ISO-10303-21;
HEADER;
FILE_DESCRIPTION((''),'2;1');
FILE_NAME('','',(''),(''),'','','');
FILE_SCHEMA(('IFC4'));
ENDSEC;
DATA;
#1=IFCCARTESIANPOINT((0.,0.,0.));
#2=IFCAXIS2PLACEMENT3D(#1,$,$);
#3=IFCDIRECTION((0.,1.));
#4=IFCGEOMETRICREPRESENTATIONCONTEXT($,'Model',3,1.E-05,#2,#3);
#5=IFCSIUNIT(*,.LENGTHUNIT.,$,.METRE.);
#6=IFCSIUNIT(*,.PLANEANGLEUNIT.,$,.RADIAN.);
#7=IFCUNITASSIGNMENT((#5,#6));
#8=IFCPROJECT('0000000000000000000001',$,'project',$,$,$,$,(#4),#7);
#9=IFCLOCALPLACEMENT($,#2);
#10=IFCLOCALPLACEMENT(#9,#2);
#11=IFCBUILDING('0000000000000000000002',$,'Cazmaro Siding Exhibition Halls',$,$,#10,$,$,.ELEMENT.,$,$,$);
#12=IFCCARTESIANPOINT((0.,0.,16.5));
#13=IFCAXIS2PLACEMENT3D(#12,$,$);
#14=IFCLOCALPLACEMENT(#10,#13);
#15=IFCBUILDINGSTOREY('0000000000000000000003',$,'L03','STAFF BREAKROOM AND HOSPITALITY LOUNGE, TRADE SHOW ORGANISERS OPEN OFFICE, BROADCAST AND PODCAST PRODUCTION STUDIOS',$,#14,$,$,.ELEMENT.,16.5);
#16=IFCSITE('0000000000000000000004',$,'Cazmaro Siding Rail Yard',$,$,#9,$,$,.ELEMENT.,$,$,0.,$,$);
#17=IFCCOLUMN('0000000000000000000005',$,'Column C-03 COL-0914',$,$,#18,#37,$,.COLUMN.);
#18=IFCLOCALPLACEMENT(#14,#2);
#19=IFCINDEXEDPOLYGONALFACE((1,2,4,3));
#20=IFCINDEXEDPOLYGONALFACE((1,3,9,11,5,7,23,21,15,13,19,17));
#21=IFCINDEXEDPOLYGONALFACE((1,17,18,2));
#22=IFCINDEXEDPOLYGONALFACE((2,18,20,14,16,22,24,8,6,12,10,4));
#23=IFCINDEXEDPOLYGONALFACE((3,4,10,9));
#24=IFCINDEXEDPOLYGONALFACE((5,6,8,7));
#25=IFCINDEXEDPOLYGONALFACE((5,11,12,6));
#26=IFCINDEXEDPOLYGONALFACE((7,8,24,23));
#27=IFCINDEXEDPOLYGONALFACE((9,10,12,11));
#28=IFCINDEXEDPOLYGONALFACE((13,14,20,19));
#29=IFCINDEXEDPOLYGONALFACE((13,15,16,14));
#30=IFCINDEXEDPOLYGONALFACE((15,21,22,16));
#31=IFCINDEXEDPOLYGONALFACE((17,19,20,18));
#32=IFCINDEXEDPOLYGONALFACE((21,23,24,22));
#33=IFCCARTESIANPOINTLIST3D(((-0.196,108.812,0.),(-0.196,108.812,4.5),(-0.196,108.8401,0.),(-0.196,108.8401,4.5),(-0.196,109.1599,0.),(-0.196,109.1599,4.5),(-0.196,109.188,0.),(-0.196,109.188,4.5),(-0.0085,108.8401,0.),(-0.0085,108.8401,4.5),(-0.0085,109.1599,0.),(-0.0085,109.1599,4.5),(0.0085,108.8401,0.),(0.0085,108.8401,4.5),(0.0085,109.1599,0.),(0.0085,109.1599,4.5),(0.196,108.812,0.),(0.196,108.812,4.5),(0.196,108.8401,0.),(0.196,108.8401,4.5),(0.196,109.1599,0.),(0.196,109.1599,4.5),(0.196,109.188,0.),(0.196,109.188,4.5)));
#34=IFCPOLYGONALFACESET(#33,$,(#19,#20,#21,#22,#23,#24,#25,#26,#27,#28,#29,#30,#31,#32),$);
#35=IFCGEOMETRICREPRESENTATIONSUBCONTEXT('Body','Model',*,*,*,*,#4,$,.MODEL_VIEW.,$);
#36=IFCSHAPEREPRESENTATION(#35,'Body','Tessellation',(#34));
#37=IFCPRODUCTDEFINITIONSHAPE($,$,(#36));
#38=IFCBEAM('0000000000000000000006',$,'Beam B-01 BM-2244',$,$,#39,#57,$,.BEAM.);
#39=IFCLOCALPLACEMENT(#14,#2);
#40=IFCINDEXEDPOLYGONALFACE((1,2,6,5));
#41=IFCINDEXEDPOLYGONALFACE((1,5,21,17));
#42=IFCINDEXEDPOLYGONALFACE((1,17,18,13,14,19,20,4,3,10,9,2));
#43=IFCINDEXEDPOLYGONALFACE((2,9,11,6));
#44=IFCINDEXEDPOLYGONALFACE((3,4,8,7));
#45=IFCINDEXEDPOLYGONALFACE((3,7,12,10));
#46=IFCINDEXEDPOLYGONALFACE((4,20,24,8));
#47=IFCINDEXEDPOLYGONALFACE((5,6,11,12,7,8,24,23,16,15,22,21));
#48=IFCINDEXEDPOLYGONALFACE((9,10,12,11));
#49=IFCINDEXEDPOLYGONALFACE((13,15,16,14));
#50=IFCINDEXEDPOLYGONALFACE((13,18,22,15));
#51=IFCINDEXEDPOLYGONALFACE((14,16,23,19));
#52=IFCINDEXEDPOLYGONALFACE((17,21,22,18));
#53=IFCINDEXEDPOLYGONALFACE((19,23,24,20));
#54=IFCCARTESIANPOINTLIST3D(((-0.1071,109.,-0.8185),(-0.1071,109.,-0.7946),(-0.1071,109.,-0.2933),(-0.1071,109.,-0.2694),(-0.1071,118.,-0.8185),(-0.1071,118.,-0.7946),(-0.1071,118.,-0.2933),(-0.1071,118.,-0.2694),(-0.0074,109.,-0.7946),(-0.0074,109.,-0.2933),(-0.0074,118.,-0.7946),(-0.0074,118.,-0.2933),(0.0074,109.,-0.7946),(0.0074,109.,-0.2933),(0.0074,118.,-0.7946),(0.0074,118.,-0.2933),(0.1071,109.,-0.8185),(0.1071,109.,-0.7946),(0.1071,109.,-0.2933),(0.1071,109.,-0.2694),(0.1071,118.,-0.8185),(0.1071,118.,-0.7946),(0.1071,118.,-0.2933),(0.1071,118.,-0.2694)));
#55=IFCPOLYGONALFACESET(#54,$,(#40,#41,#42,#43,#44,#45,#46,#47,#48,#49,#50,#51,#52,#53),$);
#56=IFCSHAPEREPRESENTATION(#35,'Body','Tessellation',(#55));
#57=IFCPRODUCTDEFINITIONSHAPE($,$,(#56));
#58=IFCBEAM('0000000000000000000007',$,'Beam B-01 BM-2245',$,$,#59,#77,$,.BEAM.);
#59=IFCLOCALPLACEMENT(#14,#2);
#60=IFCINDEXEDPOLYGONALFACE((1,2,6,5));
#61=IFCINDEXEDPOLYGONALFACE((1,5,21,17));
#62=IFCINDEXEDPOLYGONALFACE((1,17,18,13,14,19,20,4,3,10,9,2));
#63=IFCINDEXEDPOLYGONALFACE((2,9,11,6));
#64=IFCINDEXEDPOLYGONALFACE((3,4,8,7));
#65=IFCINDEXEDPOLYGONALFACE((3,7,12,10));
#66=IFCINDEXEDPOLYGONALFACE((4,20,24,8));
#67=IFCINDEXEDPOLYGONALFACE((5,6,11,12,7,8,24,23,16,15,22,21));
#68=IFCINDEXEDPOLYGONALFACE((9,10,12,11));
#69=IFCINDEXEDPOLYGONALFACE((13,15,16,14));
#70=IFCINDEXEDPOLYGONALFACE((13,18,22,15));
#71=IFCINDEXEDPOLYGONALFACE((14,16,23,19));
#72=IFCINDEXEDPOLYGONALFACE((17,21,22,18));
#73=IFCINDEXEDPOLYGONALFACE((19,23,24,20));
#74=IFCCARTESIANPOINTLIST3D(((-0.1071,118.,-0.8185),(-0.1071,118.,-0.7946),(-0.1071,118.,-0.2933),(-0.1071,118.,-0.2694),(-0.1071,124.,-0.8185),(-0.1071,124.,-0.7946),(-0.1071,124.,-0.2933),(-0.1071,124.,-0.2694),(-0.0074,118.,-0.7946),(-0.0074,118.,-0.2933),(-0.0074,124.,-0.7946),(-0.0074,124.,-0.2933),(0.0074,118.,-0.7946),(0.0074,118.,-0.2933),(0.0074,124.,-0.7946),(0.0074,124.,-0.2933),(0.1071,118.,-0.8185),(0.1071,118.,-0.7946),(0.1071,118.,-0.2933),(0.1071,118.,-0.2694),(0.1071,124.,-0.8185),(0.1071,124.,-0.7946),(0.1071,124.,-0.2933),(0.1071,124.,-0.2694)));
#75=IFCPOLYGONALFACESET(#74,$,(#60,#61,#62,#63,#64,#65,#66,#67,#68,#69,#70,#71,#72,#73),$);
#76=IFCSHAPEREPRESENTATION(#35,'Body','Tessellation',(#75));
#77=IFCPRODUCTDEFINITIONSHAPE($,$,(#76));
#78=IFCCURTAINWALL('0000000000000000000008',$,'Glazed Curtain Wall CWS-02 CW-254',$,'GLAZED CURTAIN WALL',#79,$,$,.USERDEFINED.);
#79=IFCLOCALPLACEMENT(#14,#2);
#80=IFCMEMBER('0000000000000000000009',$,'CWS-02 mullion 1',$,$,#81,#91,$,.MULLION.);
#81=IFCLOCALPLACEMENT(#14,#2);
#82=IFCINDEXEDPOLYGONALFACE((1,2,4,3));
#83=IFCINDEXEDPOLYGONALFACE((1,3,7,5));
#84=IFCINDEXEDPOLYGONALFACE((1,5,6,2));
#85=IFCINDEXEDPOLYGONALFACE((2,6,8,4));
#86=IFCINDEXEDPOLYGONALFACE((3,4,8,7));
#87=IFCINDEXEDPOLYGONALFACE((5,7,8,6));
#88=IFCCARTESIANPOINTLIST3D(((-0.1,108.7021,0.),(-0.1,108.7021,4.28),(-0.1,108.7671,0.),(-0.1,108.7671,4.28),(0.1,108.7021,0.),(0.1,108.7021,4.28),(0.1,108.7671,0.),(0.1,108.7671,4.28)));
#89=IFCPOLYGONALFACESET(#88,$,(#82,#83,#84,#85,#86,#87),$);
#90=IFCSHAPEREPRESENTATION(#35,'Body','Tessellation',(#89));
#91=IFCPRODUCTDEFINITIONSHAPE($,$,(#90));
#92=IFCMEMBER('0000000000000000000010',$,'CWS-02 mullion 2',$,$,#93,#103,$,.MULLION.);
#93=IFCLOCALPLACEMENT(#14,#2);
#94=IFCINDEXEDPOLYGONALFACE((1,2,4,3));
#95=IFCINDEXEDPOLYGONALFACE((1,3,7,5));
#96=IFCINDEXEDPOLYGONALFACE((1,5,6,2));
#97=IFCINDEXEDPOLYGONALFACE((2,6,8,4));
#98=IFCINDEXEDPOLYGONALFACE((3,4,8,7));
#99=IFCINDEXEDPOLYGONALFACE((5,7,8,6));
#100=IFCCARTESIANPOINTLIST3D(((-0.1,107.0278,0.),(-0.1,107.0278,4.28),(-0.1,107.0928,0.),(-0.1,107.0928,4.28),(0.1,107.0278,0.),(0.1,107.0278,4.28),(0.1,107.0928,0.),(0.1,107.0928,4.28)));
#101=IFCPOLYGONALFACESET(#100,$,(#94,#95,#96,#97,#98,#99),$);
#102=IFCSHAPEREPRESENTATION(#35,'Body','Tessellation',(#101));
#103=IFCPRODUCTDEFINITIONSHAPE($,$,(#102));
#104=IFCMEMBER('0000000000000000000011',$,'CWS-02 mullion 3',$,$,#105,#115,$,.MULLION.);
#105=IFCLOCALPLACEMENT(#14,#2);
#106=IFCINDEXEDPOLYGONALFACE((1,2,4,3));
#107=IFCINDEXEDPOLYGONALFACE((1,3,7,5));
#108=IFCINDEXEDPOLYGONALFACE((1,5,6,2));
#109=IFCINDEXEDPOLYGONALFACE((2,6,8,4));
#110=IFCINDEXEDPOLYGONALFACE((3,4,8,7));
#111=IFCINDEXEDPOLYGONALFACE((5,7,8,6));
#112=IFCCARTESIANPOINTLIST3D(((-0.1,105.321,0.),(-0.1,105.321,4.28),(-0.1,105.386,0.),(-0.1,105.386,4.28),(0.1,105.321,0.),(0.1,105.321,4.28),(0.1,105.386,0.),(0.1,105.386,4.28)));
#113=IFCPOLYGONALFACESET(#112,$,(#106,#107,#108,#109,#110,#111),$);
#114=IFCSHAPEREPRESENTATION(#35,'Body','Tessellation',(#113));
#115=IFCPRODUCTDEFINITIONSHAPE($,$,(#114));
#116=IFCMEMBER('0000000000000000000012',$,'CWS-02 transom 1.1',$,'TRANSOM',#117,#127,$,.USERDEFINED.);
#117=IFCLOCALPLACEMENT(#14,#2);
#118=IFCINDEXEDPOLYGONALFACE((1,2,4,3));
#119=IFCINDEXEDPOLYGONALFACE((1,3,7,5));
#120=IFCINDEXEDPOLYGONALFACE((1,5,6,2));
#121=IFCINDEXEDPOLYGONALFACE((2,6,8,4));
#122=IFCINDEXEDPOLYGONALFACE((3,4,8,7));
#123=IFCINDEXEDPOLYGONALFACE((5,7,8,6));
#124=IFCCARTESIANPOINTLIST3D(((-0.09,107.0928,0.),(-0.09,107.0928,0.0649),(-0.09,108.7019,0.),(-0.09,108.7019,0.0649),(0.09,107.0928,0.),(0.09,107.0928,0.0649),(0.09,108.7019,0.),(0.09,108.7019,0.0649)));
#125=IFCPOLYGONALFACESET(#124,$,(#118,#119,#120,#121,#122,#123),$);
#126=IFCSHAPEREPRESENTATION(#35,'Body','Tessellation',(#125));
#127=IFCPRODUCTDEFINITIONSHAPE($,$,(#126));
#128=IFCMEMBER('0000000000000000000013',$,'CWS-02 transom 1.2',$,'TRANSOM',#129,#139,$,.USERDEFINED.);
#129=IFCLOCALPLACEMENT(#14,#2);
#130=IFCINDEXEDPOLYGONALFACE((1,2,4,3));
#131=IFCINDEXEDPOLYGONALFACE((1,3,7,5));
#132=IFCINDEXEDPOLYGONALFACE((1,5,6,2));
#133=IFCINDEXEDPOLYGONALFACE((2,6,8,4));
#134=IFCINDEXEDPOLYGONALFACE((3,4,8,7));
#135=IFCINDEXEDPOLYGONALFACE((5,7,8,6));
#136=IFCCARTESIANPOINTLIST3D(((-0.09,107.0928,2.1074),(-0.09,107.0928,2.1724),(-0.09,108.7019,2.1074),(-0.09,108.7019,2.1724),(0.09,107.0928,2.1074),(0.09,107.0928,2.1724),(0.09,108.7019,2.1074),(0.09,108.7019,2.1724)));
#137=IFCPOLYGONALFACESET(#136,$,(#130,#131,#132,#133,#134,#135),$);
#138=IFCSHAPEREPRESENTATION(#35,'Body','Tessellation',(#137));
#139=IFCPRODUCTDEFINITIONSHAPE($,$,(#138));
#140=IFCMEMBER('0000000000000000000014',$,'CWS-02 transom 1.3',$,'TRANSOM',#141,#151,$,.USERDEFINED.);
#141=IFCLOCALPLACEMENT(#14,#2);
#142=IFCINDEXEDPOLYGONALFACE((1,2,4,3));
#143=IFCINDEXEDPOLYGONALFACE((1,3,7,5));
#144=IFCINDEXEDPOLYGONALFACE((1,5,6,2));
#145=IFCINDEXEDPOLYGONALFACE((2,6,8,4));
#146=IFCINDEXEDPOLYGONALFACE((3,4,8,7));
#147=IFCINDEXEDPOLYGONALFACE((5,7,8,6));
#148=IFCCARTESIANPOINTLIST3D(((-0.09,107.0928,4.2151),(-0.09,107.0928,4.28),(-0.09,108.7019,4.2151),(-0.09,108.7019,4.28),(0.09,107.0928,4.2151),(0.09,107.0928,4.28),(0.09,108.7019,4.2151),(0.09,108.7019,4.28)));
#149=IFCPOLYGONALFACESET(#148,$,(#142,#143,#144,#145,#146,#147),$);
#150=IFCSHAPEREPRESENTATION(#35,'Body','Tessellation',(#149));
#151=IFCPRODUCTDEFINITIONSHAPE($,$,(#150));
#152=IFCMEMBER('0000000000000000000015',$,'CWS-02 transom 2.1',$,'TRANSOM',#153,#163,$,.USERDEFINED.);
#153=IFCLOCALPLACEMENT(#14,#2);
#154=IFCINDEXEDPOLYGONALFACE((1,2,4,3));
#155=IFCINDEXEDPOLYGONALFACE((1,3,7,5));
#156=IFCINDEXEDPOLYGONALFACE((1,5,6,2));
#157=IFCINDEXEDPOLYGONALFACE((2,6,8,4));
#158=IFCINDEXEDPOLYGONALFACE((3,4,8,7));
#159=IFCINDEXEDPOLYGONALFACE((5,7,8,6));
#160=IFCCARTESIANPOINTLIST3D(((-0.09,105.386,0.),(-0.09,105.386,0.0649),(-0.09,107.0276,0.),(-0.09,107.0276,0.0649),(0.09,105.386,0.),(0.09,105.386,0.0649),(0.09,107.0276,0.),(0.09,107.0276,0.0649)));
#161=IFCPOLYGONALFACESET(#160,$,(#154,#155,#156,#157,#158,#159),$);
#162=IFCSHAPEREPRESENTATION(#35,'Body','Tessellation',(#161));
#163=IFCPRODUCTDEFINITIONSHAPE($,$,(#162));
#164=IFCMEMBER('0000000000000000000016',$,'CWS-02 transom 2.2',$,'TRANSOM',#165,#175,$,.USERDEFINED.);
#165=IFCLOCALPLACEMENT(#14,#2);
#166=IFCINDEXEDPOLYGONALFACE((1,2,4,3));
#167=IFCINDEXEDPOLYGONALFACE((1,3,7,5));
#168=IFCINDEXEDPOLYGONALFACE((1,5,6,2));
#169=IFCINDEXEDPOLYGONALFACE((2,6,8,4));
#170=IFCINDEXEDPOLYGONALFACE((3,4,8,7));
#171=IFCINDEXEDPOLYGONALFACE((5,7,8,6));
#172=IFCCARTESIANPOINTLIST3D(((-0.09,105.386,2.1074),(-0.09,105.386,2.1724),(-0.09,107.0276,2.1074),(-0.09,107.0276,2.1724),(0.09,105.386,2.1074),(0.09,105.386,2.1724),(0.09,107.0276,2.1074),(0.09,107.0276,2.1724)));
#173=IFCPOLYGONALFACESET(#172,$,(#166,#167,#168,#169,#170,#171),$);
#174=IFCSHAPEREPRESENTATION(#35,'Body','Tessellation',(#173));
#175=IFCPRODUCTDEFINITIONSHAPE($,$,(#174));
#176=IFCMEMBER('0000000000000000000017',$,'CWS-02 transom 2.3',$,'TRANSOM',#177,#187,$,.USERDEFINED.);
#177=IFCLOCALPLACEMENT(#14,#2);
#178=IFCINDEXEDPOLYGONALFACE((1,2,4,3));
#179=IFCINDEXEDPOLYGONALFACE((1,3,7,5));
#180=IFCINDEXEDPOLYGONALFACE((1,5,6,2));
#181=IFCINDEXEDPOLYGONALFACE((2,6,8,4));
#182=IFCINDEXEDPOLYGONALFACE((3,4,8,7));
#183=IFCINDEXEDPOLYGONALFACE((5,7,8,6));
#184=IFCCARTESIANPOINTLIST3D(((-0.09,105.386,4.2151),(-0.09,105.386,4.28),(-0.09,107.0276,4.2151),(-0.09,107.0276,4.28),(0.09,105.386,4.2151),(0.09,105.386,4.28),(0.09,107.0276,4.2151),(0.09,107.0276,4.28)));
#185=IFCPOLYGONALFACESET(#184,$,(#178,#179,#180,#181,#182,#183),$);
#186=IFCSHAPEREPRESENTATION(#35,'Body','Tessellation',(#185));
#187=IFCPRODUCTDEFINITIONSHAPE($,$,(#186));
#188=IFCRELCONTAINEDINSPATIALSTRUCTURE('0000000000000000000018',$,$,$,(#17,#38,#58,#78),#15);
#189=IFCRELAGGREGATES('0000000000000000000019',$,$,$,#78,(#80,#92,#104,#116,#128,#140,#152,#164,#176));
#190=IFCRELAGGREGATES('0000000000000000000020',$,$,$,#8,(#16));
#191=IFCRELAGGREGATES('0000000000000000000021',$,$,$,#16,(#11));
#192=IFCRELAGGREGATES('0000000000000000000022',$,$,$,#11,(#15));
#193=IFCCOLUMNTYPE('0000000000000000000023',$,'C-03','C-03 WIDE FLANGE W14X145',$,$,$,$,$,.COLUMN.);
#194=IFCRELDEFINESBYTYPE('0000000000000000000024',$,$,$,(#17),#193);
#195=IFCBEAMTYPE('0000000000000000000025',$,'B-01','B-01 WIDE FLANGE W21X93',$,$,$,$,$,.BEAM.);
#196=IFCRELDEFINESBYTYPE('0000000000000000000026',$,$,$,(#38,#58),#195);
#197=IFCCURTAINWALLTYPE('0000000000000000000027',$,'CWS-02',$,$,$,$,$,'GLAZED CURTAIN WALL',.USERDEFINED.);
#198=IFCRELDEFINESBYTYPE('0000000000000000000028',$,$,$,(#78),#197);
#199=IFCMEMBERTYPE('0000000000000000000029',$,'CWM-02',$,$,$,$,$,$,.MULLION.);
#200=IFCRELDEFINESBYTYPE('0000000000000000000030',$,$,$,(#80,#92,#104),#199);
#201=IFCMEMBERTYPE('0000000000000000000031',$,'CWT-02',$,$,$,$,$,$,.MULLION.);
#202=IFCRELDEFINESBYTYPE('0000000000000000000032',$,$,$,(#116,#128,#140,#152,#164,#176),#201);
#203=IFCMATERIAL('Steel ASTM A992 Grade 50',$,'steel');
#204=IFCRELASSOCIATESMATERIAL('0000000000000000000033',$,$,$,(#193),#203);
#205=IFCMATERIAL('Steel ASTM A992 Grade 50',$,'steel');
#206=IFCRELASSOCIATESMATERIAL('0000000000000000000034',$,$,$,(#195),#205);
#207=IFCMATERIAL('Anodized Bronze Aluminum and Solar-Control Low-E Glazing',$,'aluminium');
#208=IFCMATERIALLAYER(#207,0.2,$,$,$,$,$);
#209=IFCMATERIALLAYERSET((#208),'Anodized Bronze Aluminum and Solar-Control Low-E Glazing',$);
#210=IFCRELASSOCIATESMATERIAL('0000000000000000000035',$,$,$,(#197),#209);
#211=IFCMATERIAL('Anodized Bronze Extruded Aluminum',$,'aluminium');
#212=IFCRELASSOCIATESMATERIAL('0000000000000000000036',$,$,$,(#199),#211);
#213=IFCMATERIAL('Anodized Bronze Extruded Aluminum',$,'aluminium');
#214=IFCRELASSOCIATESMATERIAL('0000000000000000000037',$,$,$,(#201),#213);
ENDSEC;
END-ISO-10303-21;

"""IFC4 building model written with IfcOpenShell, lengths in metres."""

from ifc_helpers import new_model, si_unit, direction, frame, origin, origin_2d, place, context, subcontext, project, spatial, rectangle, i_section, extrude, material, layer, layer_set, material_profile, profile_set, type_object, element, aggregate, save


model = new_model("IFC4")

# Units and contexts
model_context = context("Model", 3, precision=1e-05, world=origin(), true_north=direction((0.0, 1.0)))
body_context = subcontext(model_context, "Body", "Model", "MODEL_VIEW")
ifc_project = project(units=[si_unit("LENGTHUNIT", "METRE"), si_unit("PLANEANGLEUNIT", "RADIAN")], contexts=[model_context])

# Site, building, storey
site_placement = place(None, origin())
site = spatial("IfcSite", under=ifc_project, at=site_placement, Name="Cazmaro Siding Rail Yard", CompositionType="ELEMENT", RefElevation=0.0)
building_placement = place(site_placement, origin())
building = spatial("IfcBuilding", under=site, at=building_placement, Name="Cazmaro Siding Exhibition Halls", CompositionType="ELEMENT")
storey_placement = place(building_placement, frame((0.0, 0.0, 16.5)))
storey = spatial("IfcBuildingStorey", under=building, at=storey_placement, Name="L03", Description="STAFF BREAKROOM AND HOSPITALITY LOUNGE, TRADE SHOW ORGANISERS OPEN OFFICE, BROADCAST AND PODCAST PRODUCTION STUDIOS", CompositionType="ELEMENT", Elevation=16.5)

# Column
ifc_material_1 = material(Name="Steel ASTM A992 Grade 50", Category="steel")
ifc_material_profile_1 = material_profile(ifc_material_1, i_section(OverallWidth=0.3921, OverallDepth=0.376, WebThickness=0.0171, FlangeThickness=0.0281, at=origin_2d()), Name="W14X145")
ifc_profile_set_1 = profile_set([ifc_material_profile_1], Name="Steel ASTM A992 Grade 50")
column_type = type_object("IfcColumnType", Name="C-03", Description="C-03 WIDE FLANGE W14X145", PredefinedType="COLUMN", material=ifc_profile_set_1)
column_placement = place(storey_placement, frame((0.0, 109.0, 0.0), z_axis=(0.0, 0.0, 1.0), x_axis=(1.0, 0.0, 0.0)))
element("IfcColumn", 1, at=column_placement, inside=storey, type_object=column_type, Name="Column C-03 COL-0914", PredefinedType="COLUMN", context=body_context, shape_type="SweptSolid", body=[
    extrude(i_section(OverallWidth=0.3921, OverallDepth=0.376, WebThickness=0.0171, FlangeThickness=0.0281, at=origin_2d()), origin(), (0.0, 0.0, 1.0), 4.5),
])

# Beams
ifc_material_2 = material(Name="Steel ASTM A992 Grade 50", Category="steel")
ifc_material_profile_2 = material_profile(ifc_material_2, i_section(OverallWidth=0.2141, OverallDepth=0.5491, WebThickness=0.0149, FlangeThickness=0.0239, at=origin_2d()), Name="W21X93")
ifc_profile_set_2 = profile_set([ifc_material_profile_2], Name="Steel ASTM A992 Grade 50")
beam_type_1 = type_object("IfcBeamType", Name="B-01", Description="B-01 WIDE FLANGE W21X93", PredefinedType="BEAM", material=ifc_profile_set_2)
beam_1_placement = place(storey_placement, frame((0.0, 109.0, -0.5439), z_axis=(0.0, 1.0, 0.0), x_axis=(-1.0, 0.0, 0.0)))
element("IfcBeam", 2, at=beam_1_placement, inside=storey, type_object=beam_type_1, Name="Beam B-01 BM-2244", PredefinedType="BEAM", context=body_context, shape_type="SweptSolid", body=[
    extrude(i_section(OverallWidth=0.2141, OverallDepth=0.5491, WebThickness=0.0149, FlangeThickness=0.0239, at=origin_2d()), origin(), (0.0, 0.0, 1.0), 9.0),
])
beam_2_placement = place(storey_placement, frame((0.0, 118.0, -0.5439), z_axis=(0.0, 1.0, 0.0), x_axis=(-1.0, 0.0, 0.0)))
element("IfcBeam", 3, at=beam_2_placement, inside=storey, type_object=beam_type_1, Name="Beam B-01 BM-2245", PredefinedType="BEAM", context=body_context, shape_type="SweptSolid", body=[
    extrude(i_section(OverallWidth=0.2141, OverallDepth=0.5491, WebThickness=0.0149, FlangeThickness=0.0239, at=origin_2d()), origin(), (0.0, 0.0, 1.0), 6.0),
])

# Curtain wall, members
ifc_material_3 = material(Name="Anodized Bronze Aluminum and Solar-Control Low-E Glazing", Category="aluminium")
ifc_layer_1 = layer(ifc_material_3, 0.2)
ifc_layer_set_1 = layer_set([ifc_layer_1], Name="Anodized Bronze Aluminum and Solar-Control Low-E Glazing")
curtain_wall_type = type_object("IfcCurtainWallType", Name="CWS-02", ElementType="GLAZED CURTAIN WALL", PredefinedType="USERDEFINED", material=ifc_layer_set_1)
curtain_wall_placement = place(storey_placement, origin())
curtain_wall = element("IfcCurtainWall", 4, at=curtain_wall_placement, inside=storey, type_object=curtain_wall_type, Name="Glazed Curtain Wall CWS-02 CW-254", ObjectType="GLAZED CURTAIN WALL", PredefinedType="USERDEFINED")
ifc_material_4 = material(Name="Anodized Bronze Extruded Aluminum", Category="aluminium")
ifc_material_profile_3 = material_profile(ifc_material_4, rectangle(XDim=0.2, YDim=0.0649, at=origin_2d()), Name="CWM-02")
ifc_profile_set_3 = profile_set([ifc_material_profile_3], Name="Anodized Bronze Extruded Aluminum")
member_type_1 = type_object("IfcMemberType", Name="CWM-02", PredefinedType="MULLION", material=ifc_profile_set_3)
member_1_placement = place(storey_placement, frame((0.0, 108.7346, 0.0), z_axis=(0.0, 0.0, 1.0), x_axis=(1.0, 0.0, 0.0)))
member_1 = element("IfcMember", 5, at=member_1_placement, type_object=member_type_1, Name="CWS-02 mullion 1", PredefinedType="MULLION", context=body_context, shape_type="SweptSolid", body=[
    extrude(rectangle(XDim=0.2, YDim=0.0649, at=origin_2d()), origin(), (0.0, 0.0, 1.0), 4.28),
])
member_2_placement = place(storey_placement, frame((0.0, 107.0603, 0.0), z_axis=(0.0, 0.0, 1.0), x_axis=(1.0, 0.0, 0.0)))
member_2 = element("IfcMember", 6, at=member_2_placement, type_object=member_type_1, Name="CWS-02 mullion 2", PredefinedType="MULLION", context=body_context, shape_type="SweptSolid", body=[
    extrude(rectangle(XDim=0.2, YDim=0.0649, at=origin_2d()), origin(), (0.0, 0.0, 1.0), 4.28),
])
member_3_placement = place(storey_placement, frame((0.0, 105.3535, 0.0), z_axis=(0.0, 0.0, 1.0), x_axis=(1.0, 0.0, 0.0)))
member_3 = element("IfcMember", 7, at=member_3_placement, type_object=member_type_1, Name="CWS-02 mullion 3", PredefinedType="MULLION", context=body_context, shape_type="SweptSolid", body=[
    extrude(rectangle(XDim=0.2, YDim=0.0649, at=origin_2d()), origin(), (0.0, 0.0, 1.0), 4.28),
])
ifc_material_5 = material(Name="Anodized Bronze Extruded Aluminum", Category="aluminium")
ifc_material_profile_4 = material_profile(ifc_material_5, rectangle(XDim=0.1799, YDim=0.0649, at=origin_2d()), Name="CWT-02")
ifc_profile_set_4 = profile_set([ifc_material_profile_4], Name="Anodized Bronze Extruded Aluminum")
member_type_2 = type_object("IfcMemberType", Name="CWT-02", PredefinedType="MULLION", material=ifc_profile_set_4)
member_4_placement = place(storey_placement, frame((0.0, 108.7019, 0.0325), z_axis=(0.0, -1.0, 0.0), x_axis=(1.0, 0.0, 0.0)))
member_4 = element("IfcMember", 8, at=member_4_placement, type_object=member_type_2, Name="CWS-02 transom 1.1", ObjectType="TRANSOM", PredefinedType="USERDEFINED", context=body_context, shape_type="SweptSolid", body=[
    extrude(rectangle(XDim=0.1799, YDim=0.0649, at=origin_2d()), origin(), (0.0, 0.0, 1.0), 1.6091),
])
member_5_placement = place(storey_placement, frame((0.0, 108.7019, 2.1399), z_axis=(0.0, -1.0, 0.0), x_axis=(1.0, 0.0, 0.0)))
member_5 = element("IfcMember", 9, at=member_5_placement, type_object=member_type_2, Name="CWS-02 transom 1.2", ObjectType="TRANSOM", PredefinedType="USERDEFINED", context=body_context, shape_type="SweptSolid", body=[
    extrude(rectangle(XDim=0.1799, YDim=0.0649, at=origin_2d()), origin(), (0.0, 0.0, 1.0), 1.6091),
])
member_6_placement = place(storey_placement, frame((0.0, 108.7019, 4.2476), z_axis=(0.0, -1.0, 0.0), x_axis=(1.0, 0.0, 0.0)))
member_6 = element("IfcMember", 10, at=member_6_placement, type_object=member_type_2, Name="CWS-02 transom 1.3", ObjectType="TRANSOM", PredefinedType="USERDEFINED", context=body_context, shape_type="SweptSolid", body=[
    extrude(rectangle(XDim=0.1799, YDim=0.0649, at=origin_2d()), origin(), (0.0, 0.0, 1.0), 1.6091),
])
member_7_placement = place(storey_placement, frame((0.0, 107.0276, 0.0325), z_axis=(0.0, -1.0, 0.0), x_axis=(1.0, 0.0, 0.0)))
member_7 = element("IfcMember", 11, at=member_7_placement, type_object=member_type_2, Name="CWS-02 transom 2.1", ObjectType="TRANSOM", PredefinedType="USERDEFINED", context=body_context, shape_type="SweptSolid", body=[
    extrude(rectangle(XDim=0.1799, YDim=0.0649, at=origin_2d()), origin(), (0.0, 0.0, 1.0), 1.6416),
])
member_8_placement = place(storey_placement, frame((0.0, 107.0276, 2.1399), z_axis=(0.0, -1.0, 0.0), x_axis=(1.0, 0.0, 0.0)))
member_8 = element("IfcMember", 12, at=member_8_placement, type_object=member_type_2, Name="CWS-02 transom 2.2", ObjectType="TRANSOM", PredefinedType="USERDEFINED", context=body_context, shape_type="SweptSolid", body=[
    extrude(rectangle(XDim=0.1799, YDim=0.0649, at=origin_2d()), origin(), (0.0, 0.0, 1.0), 1.6416),
])
member_9_placement = place(storey_placement, frame((0.0, 107.0276, 4.2476), z_axis=(0.0, -1.0, 0.0), x_axis=(1.0, 0.0, 0.0)))
member_9 = element("IfcMember", 13, at=member_9_placement, type_object=member_type_2, Name="CWS-02 transom 2.3", ObjectType="TRANSOM", PredefinedType="USERDEFINED", context=body_context, shape_type="SweptSolid", body=[
    extrude(rectangle(XDim=0.1799, YDim=0.0649, at=origin_2d()), origin(), (0.0, 0.0, 1.0), 1.6416),
])

aggregate(curtain_wall, [member_1, member_2, member_3, member_4, member_5, member_6, member_7, member_8, member_9])

save(model, "model.ifc")
